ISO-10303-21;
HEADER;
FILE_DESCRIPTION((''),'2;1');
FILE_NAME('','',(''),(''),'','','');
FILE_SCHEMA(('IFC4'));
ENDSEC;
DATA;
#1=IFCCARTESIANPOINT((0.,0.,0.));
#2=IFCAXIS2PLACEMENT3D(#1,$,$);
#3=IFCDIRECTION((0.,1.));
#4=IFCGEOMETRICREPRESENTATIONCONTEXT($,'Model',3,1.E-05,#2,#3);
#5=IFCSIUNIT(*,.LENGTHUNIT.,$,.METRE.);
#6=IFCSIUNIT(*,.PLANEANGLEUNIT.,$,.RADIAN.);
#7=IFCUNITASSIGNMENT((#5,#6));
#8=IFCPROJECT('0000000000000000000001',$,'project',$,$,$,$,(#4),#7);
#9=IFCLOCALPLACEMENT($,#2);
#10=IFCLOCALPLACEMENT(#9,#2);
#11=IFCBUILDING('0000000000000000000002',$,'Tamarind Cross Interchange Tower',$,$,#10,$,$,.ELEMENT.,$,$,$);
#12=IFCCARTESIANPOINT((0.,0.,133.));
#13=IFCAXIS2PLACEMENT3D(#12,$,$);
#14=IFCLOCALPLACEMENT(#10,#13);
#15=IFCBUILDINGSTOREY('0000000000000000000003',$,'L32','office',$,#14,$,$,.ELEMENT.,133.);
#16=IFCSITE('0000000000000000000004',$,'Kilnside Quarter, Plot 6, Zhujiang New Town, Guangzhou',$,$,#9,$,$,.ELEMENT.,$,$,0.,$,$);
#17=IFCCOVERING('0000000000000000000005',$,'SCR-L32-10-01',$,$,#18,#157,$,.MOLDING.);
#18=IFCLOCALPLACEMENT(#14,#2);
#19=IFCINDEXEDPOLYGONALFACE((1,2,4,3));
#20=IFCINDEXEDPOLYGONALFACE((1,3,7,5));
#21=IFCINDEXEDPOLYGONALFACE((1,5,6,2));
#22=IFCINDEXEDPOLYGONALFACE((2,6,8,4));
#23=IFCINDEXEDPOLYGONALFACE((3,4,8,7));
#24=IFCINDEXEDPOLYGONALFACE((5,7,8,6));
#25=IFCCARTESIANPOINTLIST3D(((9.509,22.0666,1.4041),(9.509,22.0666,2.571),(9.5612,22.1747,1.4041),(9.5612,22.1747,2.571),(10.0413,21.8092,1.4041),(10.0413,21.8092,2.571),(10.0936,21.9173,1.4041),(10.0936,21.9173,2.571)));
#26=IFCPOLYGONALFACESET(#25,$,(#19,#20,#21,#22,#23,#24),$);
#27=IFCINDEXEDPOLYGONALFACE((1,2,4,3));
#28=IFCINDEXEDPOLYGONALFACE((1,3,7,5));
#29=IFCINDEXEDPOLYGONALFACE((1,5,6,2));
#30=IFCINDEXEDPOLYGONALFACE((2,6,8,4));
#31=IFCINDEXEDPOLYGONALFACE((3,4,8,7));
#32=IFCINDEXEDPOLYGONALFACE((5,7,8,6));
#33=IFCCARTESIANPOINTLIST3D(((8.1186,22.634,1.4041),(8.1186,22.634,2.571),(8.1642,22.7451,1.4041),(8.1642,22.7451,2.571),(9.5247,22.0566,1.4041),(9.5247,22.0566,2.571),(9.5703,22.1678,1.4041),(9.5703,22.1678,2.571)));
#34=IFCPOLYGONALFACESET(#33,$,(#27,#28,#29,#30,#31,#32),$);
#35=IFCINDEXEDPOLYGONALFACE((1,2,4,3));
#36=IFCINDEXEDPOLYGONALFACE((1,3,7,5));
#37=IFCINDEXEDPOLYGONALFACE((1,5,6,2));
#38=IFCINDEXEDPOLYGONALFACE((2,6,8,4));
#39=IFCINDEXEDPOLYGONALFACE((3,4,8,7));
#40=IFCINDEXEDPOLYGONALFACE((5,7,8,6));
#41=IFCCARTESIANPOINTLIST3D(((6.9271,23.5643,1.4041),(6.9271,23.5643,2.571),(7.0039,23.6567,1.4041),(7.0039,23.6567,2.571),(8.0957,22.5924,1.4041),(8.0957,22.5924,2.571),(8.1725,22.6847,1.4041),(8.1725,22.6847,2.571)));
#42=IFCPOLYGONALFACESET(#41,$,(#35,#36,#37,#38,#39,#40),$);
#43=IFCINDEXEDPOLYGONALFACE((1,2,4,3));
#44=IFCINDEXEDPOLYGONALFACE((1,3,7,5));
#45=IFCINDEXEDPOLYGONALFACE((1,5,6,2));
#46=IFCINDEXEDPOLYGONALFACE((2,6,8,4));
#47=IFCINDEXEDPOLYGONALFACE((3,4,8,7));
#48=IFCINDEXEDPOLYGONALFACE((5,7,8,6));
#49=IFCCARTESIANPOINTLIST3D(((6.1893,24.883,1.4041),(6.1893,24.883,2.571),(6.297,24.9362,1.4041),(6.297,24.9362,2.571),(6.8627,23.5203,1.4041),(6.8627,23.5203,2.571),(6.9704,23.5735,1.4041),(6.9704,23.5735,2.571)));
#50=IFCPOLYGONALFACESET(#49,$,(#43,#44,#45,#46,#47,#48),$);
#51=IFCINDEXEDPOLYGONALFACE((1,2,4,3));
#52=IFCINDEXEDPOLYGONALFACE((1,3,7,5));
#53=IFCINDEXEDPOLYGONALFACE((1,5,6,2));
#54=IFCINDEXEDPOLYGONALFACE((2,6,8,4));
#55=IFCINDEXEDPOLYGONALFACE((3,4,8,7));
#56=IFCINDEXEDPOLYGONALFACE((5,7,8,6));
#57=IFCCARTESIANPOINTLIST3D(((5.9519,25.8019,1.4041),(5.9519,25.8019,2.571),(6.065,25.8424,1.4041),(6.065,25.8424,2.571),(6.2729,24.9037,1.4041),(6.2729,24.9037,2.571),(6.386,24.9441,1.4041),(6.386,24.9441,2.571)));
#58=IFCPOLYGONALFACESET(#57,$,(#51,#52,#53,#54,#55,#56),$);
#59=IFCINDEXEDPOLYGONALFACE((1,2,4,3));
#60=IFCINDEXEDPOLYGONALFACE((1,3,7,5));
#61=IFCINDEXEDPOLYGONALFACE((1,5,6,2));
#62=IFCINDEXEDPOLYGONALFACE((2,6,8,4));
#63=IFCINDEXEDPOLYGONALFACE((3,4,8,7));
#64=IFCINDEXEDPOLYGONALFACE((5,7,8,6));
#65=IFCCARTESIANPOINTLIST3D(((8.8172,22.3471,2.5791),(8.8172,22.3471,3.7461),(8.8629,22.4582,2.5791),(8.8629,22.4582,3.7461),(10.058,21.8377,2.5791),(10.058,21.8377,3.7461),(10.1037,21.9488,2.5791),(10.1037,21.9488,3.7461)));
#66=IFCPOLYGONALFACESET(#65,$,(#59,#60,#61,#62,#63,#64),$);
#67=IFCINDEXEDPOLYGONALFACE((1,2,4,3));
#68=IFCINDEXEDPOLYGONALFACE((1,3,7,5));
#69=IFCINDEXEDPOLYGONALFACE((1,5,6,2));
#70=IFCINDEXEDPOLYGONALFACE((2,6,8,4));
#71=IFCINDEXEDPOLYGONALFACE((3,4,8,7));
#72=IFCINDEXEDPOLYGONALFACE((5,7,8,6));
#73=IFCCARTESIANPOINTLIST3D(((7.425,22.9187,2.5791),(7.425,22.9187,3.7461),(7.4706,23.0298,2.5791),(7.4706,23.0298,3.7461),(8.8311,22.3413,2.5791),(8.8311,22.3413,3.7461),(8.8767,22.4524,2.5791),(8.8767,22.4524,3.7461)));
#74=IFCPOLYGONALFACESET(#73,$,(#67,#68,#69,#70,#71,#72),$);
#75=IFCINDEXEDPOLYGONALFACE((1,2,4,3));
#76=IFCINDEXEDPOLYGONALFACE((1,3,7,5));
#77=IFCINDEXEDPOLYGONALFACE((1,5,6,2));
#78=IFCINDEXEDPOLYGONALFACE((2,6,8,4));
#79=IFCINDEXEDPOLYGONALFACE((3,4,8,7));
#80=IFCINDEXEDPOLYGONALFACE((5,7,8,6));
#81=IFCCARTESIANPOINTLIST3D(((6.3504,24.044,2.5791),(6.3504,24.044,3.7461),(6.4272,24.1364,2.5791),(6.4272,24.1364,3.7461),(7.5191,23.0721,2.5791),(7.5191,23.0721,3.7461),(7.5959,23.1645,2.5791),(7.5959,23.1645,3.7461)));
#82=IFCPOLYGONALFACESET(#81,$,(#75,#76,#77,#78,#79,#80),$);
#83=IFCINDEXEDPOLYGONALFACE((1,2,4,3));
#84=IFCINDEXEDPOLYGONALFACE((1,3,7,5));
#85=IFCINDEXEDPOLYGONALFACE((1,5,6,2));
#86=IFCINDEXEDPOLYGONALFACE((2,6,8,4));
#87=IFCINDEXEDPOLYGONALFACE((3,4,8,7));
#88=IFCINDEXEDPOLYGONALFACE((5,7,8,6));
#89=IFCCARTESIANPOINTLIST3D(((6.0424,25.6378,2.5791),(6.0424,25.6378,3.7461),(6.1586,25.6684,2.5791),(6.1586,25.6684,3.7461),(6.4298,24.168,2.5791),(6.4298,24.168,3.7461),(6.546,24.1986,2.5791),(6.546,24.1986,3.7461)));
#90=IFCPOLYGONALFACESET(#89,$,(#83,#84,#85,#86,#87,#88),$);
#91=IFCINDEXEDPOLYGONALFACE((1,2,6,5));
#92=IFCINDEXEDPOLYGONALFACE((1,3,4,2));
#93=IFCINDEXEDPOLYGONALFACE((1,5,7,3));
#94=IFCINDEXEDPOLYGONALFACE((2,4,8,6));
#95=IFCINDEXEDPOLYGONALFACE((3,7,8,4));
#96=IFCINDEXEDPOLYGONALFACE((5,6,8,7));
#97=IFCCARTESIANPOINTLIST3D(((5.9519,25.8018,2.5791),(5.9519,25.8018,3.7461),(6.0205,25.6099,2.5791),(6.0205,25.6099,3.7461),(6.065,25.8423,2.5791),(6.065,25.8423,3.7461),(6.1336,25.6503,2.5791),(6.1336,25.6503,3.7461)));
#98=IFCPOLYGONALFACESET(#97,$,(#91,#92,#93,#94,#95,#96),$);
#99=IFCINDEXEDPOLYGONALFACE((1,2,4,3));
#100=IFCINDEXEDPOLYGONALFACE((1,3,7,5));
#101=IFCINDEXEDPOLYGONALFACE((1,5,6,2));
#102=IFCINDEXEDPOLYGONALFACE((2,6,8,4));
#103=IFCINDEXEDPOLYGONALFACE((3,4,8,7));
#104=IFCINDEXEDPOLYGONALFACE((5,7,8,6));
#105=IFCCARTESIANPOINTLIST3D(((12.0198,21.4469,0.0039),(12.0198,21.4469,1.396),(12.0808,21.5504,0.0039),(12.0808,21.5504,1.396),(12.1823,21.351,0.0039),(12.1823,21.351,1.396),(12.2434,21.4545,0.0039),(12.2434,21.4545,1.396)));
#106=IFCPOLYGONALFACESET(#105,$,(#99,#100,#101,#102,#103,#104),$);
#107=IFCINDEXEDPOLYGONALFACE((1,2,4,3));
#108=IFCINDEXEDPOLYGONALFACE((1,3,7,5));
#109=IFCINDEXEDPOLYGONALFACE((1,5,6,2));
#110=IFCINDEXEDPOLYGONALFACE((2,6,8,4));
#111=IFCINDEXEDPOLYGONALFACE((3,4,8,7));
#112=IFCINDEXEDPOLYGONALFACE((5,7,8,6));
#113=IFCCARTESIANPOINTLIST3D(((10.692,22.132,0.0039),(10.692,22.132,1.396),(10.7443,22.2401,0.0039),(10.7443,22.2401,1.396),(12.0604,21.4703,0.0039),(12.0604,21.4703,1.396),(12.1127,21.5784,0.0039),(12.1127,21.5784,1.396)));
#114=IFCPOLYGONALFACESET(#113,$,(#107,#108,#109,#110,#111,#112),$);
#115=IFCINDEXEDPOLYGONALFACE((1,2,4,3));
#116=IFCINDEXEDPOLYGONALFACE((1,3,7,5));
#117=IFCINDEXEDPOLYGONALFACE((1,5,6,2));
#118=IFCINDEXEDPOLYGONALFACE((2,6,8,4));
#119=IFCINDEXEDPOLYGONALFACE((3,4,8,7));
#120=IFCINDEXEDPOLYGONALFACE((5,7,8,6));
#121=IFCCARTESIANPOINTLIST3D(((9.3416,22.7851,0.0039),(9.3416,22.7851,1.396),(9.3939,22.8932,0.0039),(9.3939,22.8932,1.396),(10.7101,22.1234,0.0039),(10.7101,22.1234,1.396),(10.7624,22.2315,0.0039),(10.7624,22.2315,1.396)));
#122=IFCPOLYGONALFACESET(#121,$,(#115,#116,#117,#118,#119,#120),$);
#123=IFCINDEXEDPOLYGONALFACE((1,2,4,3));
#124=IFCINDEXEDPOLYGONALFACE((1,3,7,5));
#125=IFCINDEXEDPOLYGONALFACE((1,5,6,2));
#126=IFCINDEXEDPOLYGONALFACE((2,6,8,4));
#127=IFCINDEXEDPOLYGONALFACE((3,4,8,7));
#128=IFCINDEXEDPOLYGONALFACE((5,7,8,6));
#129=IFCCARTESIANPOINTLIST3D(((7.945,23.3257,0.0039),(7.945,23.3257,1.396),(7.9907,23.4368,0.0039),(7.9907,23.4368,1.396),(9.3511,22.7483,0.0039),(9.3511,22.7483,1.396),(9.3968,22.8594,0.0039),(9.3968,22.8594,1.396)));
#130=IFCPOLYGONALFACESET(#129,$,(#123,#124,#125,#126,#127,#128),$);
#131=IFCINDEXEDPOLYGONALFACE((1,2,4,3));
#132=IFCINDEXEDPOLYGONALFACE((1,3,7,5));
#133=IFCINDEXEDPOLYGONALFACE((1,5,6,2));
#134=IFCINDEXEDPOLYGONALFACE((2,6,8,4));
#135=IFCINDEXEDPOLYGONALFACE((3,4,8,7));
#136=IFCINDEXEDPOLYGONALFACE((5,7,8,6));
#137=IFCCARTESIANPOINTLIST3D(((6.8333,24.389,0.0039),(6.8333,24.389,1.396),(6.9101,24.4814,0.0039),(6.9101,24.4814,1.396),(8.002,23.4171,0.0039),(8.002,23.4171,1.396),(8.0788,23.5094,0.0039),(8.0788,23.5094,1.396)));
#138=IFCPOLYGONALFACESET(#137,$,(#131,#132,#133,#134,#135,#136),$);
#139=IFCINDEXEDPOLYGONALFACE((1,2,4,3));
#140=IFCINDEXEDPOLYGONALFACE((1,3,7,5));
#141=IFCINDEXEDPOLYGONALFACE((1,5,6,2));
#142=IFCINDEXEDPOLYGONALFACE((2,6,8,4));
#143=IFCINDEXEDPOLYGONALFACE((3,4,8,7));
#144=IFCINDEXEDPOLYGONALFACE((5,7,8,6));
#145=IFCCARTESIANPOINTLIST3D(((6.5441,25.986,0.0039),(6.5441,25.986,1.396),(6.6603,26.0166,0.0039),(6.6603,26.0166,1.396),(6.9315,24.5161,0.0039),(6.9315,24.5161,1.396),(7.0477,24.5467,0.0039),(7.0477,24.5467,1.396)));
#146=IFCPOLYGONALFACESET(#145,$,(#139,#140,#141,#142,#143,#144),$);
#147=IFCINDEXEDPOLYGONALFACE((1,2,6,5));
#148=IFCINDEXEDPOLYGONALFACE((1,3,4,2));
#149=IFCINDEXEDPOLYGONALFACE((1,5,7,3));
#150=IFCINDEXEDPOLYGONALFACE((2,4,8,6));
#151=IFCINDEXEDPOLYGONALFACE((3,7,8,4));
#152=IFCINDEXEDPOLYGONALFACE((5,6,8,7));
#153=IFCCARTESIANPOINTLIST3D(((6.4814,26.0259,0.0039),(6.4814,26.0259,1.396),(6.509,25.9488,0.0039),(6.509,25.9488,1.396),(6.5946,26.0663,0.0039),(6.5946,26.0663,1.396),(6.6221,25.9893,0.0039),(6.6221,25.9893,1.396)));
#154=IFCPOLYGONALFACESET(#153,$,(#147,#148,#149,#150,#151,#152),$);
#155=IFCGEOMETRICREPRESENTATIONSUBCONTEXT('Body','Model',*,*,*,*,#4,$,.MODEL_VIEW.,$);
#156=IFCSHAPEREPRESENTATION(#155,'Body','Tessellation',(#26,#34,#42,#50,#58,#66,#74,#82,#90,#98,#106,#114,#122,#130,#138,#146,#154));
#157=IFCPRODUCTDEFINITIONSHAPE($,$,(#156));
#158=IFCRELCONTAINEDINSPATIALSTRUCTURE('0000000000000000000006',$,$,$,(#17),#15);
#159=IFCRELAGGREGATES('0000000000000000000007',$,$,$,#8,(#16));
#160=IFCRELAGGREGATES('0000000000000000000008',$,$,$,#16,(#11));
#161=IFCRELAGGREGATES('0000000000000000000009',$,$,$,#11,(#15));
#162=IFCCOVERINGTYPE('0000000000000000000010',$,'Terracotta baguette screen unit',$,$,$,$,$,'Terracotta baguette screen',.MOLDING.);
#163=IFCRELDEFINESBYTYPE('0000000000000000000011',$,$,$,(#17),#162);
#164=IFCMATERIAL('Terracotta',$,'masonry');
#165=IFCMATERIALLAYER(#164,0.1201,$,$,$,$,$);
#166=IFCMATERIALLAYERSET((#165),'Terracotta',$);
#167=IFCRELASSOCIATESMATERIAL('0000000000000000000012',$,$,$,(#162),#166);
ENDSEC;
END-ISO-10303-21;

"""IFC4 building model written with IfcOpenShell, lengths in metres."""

from ifc_helpers import new_model, si_unit, direction, frame, origin, origin_2d, place, context, subcontext, project, spatial, rectangle, extrude, material, layer, layer_set, type_object, element, save


model = new_model("IFC4")

# Units and contexts
model_context = context("Model", 3, precision=1e-05, world=origin(), true_north=direction((0.0, 1.0)))
body_context = subcontext(model_context, "Body", "Model", "MODEL_VIEW")
ifc_project = project(units=[si_unit("LENGTHUNIT", "METRE"), si_unit("PLANEANGLEUNIT", "RADIAN")], contexts=[model_context])

# Site, building, storey
site_placement = place(None, origin())
site = spatial("IfcSite", under=ifc_project, at=site_placement, Name="Kilnside Quarter, Plot 6, Zhujiang New Town, Guangzhou", CompositionType="ELEMENT", RefElevation=0.0)
building_placement = place(site_placement, origin())
building = spatial("IfcBuilding", under=site, at=building_placement, Name="Tamarind Cross Interchange Tower", CompositionType="ELEMENT")
storey_placement = place(building_placement, frame((0.0, 0.0, 133.0)))
storey = spatial("IfcBuildingStorey", under=building, at=storey_placement, Name="L32", Description="office", CompositionType="ELEMENT", Elevation=133.0)

# Covering
ifc_material_1 = material(Name="Terracotta", Category="masonry")
ifc_layer_1 = layer(ifc_material_1, 0.1201)
ifc_layer_set_1 = layer_set([ifc_layer_1], Name="Terracotta")
covering_type = type_object("IfcCoveringType", Name="Terracotta baguette screen unit", ElementType="Terracotta baguette screen", PredefinedType="MOLDING", material=ifc_layer_set_1)
covering_1_placement = place(storey_placement, origin())
element("IfcCovering", 1, at=covering_1_placement, inside=storey, type_object=covering_type, Name="SCR-L32-10-01", PredefinedType="MOLDING", context=body_context, shape_type="SweptSolid", body=[
    extrude(rectangle(XDim=0.5913, YDim=0.1201, at=origin_2d()), frame((9.8013, 21.9919, 1.4041), z_axis=(0.0, 0.0, 1.0), x_axis=(-0.900273, 0.435326, 0.0)), (0.0, 0.0, 1.0), 1.167),
    extrude(rectangle(XDim=1.52, YDim=0.1201, at=origin_2d()), frame((8.8445, 22.4009, 1.4041), z_axis=(0.0, 0.0, 1.0), x_axis=(-0.925053, 0.379837, 0.0)), (0.0, 0.0, 1.0), 1.167),
    extrude(rectangle(XDim=1.52, YDim=0.1201, at=origin_2d()), frame((7.5498, 23.1245, 1.4041), z_axis=(0.0, 0.0, 1.0), x_axis=(-0.768853, 0.639426, 0.0)), (0.0, 0.0, 1.0), 1.167),
    extrude(rectangle(XDim=1.52, YDim=0.1201, at=origin_2d()), frame((6.5798, 24.2283, 1.4041), z_axis=(0.0, 0.0, 1.0), x_axis=(-0.442988, 0.896528, 0.0)), (0.0, 0.0, 1.0), 1.167),
    extrude(rectangle(XDim=0.9539, YDim=0.1201, at=origin_2d()), frame((6.1689, 25.373, 1.4041), z_axis=(0.0, 0.0, 1.0), x_axis=(-0.336517, 0.941677, 0.0)), (0.0, 0.0, 1.0), 1.167),
    extrude(rectangle(XDim=1.3413, YDim=0.1201, at=origin_2d()), frame((9.4604, 22.1479, 2.5791), z_axis=(0.0, 0.0, 1.0), x_axis=(-0.925053, 0.379837, 0.0)), (0.0, 0.0, 1.0), 1.167),
    extrude(rectangle(XDim=1.52, YDim=0.1201, at=origin_2d()), frame((8.1509, 22.6855, 2.5791), z_axis=(0.0, 0.0, 1.0), x_axis=(-0.925053, 0.379837, 0.0)), (0.0, 0.0, 1.0), 1.167),
    extrude(rectangle(XDim=1.52, YDim=0.1201, at=origin_2d()), frame((6.9731, 23.6042, 2.5791), z_axis=(0.0, 0.0, 1.0), x_axis=(-0.768853, 0.639426, 0.0)), (0.0, 0.0, 1.0), 1.167),
    extrude(rectangle(XDim=1.52, YDim=0.1201, at=origin_2d()), frame((6.2942, 24.9182, 2.5791), z_axis=(0.0, 0.0, 1.0), x_axis=(-0.254848, 0.966981, 0.0)), (0.0, 0.0, 1.0), 1.167),
    extrude(rectangle(XDim=0.2039, YDim=0.1201, at=origin_2d()), frame((6.0427, 25.7261, 2.5791), z_axis=(0.0, 0.0, 1.0), x_axis=(-0.336517, 0.941677, 0.0)), (0.0, 0.0, 1.0), 1.167),
    extrude(rectangle(XDim=0.1887, YDim=0.1201, at=origin_2d()), frame((12.1316, 21.4507, 0.0039), z_axis=(0.0, 0.0, 1.0), x_axis=(-0.861249, 0.508183, 0.0)), (0.0, 0.0, 1.0), 1.3921),
    extrude(rectangle(XDim=1.52, YDim=0.1201, at=origin_2d()), frame((11.4023, 21.8552, 0.0039), z_axis=(0.0, 0.0, 1.0), x_axis=(-0.900273, 0.435326, 0.0)), (0.0, 0.0, 1.0), 1.3921),
    extrude(rectangle(XDim=1.52, YDim=0.1201, at=origin_2d()), frame((10.052, 22.5083, 0.0039), z_axis=(0.0, 0.0, 1.0), x_axis=(-0.900273, 0.435326, 0.0)), (0.0, 0.0, 1.0), 1.3921),
    extrude(rectangle(XDim=1.52, YDim=0.1201, at=origin_2d()), frame((8.6709, 23.0925, 0.0039), z_axis=(0.0, 0.0, 1.0), x_axis=(-0.925053, 0.379837, 0.0)), (0.0, 0.0, 1.0), 1.3921),
    extrude(rectangle(XDim=1.52, YDim=0.1201, at=origin_2d()), frame((7.4561, 23.9492, 0.0039), z_axis=(0.0, 0.0, 1.0), x_axis=(-0.768853, 0.639426, 0.0)), (0.0, 0.0, 1.0), 1.3921),
    extrude(rectangle(XDim=1.52, YDim=0.1201, at=origin_2d()), frame((6.7959, 25.2664, 0.0039), z_axis=(0.0, 0.0, 1.0), x_axis=(-0.254848, 0.966981, 0.0)), (0.0, 0.0, 1.0), 1.3921),
    extrude(rectangle(XDim=0.0818, YDim=0.1201, at=origin_2d()), frame((6.5518, 26.0076, 0.0039), z_axis=(0.0, 0.0, 1.0), x_axis=(-0.336517, 0.941677, 0.0)), (0.0, 0.0, 1.0), 1.3921),
])

save(model, "model.ifc")
